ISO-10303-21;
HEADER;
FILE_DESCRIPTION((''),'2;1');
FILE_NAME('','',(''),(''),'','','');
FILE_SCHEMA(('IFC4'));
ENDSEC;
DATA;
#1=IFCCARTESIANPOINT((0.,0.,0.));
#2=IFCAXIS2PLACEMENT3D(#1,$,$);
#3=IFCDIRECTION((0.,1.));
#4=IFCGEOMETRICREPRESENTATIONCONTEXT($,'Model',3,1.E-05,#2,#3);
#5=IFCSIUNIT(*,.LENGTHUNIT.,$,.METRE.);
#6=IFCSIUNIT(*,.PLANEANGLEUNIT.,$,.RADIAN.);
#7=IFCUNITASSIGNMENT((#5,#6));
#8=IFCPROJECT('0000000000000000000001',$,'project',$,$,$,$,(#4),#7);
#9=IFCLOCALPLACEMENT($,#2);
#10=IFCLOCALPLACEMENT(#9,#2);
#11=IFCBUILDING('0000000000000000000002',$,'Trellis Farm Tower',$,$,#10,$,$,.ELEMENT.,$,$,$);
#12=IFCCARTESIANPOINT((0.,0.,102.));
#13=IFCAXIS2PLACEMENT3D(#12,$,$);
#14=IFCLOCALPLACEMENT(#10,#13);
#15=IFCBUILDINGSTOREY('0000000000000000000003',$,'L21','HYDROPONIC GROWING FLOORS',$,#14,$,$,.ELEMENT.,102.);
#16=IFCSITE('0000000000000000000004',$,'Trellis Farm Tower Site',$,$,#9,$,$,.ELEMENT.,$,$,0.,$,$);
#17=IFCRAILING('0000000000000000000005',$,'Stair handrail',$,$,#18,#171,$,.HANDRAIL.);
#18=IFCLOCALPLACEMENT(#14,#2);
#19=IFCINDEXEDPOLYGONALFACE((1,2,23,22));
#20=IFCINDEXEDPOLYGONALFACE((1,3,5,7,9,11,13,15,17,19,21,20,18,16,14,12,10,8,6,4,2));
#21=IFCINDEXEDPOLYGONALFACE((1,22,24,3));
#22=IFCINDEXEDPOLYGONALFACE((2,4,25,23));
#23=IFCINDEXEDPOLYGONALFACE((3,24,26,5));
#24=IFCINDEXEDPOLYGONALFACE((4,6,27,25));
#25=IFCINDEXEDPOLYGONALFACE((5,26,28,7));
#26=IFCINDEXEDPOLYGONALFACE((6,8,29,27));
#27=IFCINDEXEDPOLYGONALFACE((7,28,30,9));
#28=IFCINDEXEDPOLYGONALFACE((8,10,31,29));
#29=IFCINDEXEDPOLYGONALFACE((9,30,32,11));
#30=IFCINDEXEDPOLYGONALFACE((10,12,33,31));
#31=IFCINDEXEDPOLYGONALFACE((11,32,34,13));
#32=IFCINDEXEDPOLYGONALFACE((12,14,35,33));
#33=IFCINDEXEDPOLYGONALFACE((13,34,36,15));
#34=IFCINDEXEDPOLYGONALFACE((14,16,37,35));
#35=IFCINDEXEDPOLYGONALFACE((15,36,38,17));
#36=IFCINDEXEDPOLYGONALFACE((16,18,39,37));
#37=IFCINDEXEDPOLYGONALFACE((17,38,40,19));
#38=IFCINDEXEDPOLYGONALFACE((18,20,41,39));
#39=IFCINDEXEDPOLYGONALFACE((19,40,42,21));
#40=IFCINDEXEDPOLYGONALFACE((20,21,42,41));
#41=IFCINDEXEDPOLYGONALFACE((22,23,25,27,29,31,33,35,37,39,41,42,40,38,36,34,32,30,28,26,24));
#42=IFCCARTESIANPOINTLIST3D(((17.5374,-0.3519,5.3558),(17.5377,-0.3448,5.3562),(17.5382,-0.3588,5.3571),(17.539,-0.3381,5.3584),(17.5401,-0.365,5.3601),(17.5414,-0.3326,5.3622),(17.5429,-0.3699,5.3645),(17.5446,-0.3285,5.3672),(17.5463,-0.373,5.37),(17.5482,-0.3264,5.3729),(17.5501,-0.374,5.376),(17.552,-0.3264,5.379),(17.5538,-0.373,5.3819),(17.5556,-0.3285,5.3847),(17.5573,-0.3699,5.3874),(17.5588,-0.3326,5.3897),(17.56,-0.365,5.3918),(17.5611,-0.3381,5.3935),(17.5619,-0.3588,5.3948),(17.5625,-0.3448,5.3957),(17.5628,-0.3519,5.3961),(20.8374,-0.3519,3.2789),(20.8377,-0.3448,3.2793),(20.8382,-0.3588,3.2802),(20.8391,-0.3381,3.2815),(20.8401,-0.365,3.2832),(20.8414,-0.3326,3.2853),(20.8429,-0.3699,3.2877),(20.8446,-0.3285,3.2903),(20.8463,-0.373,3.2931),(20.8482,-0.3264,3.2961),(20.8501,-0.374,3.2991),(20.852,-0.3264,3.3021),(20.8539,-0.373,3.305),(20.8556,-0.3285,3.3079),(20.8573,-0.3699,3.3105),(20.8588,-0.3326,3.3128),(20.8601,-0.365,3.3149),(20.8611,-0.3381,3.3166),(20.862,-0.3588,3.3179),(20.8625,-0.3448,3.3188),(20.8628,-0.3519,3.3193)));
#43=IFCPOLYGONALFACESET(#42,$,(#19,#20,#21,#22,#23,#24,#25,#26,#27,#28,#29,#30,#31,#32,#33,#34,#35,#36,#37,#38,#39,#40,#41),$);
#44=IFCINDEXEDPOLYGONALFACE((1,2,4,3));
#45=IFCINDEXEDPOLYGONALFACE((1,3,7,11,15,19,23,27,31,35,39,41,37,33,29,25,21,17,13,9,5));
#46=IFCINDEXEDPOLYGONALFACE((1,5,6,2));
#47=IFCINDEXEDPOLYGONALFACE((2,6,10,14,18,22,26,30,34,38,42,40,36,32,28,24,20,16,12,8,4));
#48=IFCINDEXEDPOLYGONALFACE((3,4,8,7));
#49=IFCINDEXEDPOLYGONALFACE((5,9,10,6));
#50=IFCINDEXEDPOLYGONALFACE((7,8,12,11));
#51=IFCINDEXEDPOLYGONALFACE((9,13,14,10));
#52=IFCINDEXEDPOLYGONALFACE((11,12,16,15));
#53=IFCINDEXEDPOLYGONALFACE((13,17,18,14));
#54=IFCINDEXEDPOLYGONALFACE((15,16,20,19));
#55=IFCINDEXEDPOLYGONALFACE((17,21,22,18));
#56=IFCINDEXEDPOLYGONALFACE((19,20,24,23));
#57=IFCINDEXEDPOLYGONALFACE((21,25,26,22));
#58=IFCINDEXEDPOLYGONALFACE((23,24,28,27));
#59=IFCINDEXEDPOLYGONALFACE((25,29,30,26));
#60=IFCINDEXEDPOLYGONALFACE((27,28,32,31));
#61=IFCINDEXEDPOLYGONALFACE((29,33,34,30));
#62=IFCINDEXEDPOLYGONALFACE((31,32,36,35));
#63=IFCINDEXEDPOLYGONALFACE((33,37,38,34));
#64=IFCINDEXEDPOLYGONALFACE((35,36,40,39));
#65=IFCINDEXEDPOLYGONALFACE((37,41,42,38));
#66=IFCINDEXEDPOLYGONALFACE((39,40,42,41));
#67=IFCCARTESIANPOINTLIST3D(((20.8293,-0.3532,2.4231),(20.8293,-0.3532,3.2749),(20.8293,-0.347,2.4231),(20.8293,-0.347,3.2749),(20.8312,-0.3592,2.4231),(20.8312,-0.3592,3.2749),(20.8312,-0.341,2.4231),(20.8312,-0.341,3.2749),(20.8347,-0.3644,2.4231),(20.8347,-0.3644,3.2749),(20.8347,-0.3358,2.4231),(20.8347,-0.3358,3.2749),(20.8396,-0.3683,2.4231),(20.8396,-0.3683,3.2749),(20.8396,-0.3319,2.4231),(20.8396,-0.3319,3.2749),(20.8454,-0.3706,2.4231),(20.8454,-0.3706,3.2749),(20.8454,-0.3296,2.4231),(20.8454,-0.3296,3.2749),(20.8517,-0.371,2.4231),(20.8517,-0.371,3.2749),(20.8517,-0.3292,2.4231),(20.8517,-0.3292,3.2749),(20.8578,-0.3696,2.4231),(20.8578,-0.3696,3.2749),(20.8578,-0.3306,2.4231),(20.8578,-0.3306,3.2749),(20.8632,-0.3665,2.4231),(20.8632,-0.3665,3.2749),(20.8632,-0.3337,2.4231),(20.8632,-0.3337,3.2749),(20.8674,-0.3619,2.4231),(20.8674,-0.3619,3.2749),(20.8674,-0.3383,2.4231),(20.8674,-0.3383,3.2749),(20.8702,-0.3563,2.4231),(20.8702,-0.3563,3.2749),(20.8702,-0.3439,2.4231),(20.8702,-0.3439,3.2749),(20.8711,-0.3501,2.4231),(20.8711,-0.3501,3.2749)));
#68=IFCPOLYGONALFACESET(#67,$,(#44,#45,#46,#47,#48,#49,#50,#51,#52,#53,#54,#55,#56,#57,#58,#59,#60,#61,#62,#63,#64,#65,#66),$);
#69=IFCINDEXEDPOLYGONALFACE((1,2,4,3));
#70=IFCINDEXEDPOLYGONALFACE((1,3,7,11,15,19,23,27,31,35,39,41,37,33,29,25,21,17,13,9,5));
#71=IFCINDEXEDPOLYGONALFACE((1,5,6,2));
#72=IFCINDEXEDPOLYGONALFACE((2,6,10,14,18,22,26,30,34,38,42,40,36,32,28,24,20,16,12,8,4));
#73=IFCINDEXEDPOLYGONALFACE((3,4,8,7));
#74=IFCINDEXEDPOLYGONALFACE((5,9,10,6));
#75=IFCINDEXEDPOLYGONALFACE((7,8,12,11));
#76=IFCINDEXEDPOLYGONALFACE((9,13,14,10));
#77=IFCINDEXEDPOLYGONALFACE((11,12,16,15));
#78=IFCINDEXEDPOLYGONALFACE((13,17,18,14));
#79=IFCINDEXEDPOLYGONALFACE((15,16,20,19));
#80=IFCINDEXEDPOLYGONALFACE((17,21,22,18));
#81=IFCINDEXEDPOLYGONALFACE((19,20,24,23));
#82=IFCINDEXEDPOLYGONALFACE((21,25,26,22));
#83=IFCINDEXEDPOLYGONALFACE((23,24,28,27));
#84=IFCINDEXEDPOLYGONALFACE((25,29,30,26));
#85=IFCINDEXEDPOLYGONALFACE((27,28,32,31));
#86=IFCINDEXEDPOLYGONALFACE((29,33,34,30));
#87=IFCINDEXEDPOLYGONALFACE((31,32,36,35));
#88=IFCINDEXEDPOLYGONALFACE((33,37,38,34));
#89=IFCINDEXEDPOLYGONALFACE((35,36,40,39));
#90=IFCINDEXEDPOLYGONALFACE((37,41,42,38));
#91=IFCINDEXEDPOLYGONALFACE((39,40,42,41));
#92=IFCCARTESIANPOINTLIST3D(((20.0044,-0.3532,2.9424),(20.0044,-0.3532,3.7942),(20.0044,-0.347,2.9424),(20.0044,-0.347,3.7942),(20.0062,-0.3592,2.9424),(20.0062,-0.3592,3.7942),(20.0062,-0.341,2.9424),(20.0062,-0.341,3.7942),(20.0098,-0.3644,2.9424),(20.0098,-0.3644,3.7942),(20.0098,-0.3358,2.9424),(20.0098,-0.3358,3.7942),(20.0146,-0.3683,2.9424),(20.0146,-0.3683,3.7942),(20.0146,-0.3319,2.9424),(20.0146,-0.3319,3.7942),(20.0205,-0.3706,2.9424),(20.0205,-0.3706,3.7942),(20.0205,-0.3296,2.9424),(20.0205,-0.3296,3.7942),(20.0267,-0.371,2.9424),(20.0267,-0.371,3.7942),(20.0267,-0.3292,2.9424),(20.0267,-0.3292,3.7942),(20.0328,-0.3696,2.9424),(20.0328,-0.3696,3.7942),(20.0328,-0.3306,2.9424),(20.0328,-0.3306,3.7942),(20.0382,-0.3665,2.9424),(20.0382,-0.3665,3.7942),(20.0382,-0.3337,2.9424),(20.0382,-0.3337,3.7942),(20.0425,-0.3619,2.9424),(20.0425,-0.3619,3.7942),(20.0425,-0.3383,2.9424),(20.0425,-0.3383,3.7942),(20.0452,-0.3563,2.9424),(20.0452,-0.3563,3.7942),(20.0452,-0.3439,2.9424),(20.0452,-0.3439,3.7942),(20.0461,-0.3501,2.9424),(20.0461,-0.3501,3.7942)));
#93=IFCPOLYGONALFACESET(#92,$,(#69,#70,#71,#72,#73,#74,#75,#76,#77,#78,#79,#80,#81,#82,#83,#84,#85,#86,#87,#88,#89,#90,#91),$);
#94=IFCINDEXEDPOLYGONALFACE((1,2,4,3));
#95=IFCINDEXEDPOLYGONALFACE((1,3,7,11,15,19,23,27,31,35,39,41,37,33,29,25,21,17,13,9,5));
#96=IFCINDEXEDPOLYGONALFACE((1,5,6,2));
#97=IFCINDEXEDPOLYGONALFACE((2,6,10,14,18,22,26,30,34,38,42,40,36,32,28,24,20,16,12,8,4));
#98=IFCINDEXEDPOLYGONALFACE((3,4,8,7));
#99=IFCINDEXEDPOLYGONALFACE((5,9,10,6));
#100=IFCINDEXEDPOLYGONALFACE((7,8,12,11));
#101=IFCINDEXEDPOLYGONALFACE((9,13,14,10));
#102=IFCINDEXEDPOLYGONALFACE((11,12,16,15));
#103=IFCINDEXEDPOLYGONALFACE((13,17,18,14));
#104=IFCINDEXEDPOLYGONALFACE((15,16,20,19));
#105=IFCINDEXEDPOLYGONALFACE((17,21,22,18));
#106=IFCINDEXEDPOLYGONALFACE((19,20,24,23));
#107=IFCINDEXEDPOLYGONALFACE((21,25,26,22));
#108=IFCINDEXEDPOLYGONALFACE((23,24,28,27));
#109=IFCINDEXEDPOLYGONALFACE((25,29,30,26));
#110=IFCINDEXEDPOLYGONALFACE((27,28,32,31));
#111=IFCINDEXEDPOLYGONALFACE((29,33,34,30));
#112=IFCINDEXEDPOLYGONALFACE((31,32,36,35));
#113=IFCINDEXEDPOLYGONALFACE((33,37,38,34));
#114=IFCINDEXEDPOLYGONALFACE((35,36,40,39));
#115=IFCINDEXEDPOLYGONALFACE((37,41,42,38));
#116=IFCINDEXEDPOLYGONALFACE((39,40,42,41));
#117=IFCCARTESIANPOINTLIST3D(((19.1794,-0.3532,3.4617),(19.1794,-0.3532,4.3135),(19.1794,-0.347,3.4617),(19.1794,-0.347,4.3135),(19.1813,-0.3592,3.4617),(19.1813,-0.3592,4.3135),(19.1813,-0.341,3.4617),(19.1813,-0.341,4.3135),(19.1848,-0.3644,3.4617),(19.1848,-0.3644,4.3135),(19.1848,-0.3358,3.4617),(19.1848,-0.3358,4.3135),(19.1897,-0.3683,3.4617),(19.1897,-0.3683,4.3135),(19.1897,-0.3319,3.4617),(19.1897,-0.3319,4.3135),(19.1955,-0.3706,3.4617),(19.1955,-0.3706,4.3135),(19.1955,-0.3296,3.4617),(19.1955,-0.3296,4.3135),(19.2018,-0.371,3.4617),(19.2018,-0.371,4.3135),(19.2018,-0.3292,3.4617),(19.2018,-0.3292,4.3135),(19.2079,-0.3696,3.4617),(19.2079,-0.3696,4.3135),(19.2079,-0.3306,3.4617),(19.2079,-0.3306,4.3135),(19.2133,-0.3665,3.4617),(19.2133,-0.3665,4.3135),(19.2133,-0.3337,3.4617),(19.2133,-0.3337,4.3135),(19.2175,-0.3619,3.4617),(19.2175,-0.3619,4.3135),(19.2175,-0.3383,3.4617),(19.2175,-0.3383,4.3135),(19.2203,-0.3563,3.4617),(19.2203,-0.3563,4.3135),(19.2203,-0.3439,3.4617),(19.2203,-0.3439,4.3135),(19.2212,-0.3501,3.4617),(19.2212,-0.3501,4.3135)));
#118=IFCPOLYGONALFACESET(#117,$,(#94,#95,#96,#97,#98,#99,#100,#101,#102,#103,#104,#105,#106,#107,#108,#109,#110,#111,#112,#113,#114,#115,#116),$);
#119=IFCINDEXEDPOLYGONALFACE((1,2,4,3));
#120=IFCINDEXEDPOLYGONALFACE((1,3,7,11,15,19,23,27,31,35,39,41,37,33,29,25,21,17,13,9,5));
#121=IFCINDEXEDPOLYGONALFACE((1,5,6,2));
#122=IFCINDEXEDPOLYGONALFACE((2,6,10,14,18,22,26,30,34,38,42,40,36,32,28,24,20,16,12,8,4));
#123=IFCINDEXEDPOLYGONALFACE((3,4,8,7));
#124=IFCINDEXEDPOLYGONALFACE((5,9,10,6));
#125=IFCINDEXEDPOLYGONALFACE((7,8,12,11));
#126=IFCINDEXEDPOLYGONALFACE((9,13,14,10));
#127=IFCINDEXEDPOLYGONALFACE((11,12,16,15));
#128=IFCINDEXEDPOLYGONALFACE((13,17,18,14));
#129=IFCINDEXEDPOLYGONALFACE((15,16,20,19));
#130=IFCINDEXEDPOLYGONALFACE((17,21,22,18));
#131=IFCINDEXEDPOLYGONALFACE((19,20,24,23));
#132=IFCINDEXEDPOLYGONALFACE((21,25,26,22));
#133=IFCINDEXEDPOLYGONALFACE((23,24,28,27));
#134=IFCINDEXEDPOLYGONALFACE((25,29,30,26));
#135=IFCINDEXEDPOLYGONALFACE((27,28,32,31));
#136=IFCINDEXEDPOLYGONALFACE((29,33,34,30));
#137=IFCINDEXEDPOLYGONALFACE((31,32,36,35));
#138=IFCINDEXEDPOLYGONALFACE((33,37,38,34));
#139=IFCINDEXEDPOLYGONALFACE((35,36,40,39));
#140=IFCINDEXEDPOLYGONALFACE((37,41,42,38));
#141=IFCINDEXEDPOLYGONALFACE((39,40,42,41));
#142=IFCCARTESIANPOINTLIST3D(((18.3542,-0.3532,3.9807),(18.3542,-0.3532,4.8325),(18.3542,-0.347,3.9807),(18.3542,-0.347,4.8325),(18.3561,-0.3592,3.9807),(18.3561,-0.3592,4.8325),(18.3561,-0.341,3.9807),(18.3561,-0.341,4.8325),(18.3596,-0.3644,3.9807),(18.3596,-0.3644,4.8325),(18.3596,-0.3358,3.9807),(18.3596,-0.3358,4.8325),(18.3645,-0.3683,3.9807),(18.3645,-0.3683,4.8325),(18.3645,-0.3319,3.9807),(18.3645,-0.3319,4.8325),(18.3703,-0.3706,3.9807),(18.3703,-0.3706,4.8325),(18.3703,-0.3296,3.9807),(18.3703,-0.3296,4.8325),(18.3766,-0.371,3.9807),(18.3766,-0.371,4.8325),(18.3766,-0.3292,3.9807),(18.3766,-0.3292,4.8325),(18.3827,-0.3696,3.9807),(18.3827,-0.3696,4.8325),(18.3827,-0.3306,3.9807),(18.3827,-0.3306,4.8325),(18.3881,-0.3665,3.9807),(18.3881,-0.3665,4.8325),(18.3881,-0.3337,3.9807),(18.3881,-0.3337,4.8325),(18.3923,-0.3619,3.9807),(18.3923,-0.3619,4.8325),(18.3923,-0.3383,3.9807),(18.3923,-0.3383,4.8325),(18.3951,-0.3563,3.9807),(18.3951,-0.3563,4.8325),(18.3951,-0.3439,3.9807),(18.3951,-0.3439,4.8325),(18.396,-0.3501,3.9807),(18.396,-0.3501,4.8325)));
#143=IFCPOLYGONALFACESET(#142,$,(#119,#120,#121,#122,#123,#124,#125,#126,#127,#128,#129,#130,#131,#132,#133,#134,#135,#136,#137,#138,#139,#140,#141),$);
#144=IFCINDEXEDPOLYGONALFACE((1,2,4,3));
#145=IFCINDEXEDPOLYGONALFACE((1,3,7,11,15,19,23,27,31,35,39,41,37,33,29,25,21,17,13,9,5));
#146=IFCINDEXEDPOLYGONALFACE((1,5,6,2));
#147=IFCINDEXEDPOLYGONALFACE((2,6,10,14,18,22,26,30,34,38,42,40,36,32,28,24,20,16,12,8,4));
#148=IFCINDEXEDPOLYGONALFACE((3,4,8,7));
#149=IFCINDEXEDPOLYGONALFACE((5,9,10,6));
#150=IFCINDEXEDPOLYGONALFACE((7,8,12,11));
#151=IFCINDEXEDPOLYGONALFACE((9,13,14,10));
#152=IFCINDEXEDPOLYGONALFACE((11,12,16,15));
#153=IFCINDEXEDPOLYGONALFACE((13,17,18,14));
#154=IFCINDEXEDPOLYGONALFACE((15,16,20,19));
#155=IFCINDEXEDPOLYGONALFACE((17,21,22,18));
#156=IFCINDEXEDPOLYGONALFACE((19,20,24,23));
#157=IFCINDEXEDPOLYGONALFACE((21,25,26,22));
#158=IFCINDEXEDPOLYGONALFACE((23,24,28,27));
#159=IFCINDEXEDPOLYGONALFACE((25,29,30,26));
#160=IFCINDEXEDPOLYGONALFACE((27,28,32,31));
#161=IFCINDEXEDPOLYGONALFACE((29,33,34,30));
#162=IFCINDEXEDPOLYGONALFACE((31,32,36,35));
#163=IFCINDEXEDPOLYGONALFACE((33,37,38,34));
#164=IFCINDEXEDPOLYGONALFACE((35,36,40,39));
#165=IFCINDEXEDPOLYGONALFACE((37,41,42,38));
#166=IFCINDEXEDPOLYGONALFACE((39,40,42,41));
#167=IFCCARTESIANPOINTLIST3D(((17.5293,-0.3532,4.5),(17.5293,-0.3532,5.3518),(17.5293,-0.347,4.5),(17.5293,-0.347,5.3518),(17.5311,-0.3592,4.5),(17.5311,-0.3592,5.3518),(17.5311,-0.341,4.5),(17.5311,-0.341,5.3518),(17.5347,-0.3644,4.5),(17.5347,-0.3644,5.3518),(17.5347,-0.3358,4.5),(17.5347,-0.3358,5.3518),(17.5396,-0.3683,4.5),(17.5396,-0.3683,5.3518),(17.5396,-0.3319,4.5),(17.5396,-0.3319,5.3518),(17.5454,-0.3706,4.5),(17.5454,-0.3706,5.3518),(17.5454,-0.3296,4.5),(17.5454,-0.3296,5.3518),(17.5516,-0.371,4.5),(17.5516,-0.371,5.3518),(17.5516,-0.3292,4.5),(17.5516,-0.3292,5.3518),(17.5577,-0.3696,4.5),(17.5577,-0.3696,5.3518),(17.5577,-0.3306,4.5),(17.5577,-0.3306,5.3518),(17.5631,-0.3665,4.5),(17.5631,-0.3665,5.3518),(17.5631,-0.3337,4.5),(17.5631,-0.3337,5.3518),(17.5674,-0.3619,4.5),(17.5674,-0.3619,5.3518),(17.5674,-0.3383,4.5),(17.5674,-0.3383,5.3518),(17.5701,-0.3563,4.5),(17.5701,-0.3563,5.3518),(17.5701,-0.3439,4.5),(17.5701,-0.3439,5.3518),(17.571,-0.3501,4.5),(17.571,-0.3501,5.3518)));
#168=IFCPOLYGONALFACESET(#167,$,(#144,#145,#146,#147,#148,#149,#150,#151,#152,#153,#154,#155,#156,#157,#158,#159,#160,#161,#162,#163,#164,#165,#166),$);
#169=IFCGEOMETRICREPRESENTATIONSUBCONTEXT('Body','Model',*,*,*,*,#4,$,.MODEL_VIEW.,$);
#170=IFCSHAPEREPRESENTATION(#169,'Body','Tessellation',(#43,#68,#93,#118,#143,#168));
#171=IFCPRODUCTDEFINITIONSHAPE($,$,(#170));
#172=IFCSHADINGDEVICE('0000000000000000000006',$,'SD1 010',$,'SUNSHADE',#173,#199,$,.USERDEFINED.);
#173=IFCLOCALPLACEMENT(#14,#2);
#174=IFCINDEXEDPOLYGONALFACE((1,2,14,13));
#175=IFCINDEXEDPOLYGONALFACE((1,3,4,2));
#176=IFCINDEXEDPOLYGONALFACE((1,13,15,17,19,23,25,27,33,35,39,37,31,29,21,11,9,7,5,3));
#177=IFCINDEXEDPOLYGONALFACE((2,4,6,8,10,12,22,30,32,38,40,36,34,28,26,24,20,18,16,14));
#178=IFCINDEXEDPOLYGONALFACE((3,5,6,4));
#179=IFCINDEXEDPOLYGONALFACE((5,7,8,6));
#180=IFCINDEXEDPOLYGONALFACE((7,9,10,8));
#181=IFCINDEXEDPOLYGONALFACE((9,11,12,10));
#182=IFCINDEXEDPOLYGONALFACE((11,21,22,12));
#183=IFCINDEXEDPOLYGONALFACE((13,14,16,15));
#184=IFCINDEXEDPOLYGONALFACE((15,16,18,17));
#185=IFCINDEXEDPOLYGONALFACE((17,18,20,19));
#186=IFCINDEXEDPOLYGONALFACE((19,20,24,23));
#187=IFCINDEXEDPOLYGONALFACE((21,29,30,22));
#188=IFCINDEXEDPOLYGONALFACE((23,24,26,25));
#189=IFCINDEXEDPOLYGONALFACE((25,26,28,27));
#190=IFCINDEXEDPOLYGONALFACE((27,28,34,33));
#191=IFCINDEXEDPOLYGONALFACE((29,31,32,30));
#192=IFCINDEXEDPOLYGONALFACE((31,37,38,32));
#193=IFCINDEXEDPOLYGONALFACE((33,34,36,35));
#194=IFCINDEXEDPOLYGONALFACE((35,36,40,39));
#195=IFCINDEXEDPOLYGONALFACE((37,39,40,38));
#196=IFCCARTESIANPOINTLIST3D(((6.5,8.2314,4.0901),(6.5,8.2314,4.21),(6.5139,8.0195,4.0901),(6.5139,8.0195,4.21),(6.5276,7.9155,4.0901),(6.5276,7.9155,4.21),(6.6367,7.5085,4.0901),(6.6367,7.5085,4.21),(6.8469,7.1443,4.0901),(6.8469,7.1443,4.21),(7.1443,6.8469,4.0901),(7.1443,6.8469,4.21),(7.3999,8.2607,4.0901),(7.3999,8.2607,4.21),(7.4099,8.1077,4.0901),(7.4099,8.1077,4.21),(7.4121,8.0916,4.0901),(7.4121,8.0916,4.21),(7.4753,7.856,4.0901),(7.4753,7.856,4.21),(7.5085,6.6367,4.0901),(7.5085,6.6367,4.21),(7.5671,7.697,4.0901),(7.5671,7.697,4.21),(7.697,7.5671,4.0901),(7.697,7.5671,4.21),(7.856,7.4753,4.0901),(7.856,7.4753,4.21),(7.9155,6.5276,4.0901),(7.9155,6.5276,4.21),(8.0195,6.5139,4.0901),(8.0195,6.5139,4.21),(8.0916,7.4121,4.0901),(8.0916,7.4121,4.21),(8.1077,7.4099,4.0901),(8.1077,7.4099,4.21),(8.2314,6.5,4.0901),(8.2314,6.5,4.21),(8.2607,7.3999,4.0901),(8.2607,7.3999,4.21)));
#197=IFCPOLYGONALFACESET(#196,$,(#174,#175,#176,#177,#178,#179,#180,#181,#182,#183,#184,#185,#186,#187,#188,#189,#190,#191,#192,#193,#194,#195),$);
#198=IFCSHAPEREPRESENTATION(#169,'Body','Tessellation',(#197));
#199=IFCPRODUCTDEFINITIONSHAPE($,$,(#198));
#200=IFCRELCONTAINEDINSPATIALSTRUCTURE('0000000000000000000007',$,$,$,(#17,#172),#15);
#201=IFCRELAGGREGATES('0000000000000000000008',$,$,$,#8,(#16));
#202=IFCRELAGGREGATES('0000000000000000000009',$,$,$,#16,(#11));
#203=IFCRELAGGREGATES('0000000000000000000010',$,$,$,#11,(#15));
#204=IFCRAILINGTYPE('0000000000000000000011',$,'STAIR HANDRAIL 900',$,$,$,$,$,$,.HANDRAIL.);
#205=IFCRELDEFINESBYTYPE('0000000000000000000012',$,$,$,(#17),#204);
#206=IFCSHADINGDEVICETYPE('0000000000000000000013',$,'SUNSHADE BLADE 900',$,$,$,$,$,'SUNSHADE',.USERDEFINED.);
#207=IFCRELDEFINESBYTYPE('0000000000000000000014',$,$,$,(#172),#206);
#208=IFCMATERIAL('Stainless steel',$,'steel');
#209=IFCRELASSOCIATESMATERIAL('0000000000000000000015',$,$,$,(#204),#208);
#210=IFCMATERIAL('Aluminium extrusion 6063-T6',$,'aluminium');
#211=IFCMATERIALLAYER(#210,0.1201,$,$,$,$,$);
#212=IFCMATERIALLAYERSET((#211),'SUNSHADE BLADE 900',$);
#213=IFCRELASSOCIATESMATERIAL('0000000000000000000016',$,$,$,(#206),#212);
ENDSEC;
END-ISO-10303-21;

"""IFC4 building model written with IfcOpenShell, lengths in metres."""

from ifc_helpers import new_model, si_unit, direction, frame, origin, origin_2d, place, context, subcontext, project, spatial, polyline, circle, outline, extrude, source, transform, mapped, material, layer, layer_set, type_object, element, save


model = new_model("IFC4")

# Units and contexts
model_context = context("Model", 3, precision=1e-05, world=origin(), true_north=direction((0.0, 1.0)))
body_context = subcontext(model_context, "Body", "Model", "MODEL_VIEW")
ifc_project = project(units=[si_unit("LENGTHUNIT", "METRE"), si_unit("PLANEANGLEUNIT", "RADIAN")], contexts=[model_context])

# Site, building, storey
site_placement = place(None, origin())
site = spatial("IfcSite", under=ifc_project, at=site_placement, Name="Trellis Farm Tower Site", CompositionType="ELEMENT", RefElevation=0.0)
building_placement = place(site_placement, origin())
building = spatial("IfcBuilding", under=site, at=building_placement, Name="Trellis Farm Tower", CompositionType="ELEMENT")
storey_placement = place(building_placement, frame((0.0, 0.0, 102.0)))
storey = spatial("IfcBuildingStorey", under=building, at=storey_placement, Name="L21", Description="HYDROPONIC GROWING FLOORS", CompositionType="ELEMENT", Elevation=102.0)

# Shared definitions
ifc_material_1 = material(Name="Aluminium extrusion 6063-T6", Category="aluminium")

# Shared definitions
ifc_material_2 = material(Name="Stainless steel", Category="steel")

# Railing
railing_type = type_object("IfcRailingType", Name="STAIR HANDRAIL 900", PredefinedType="HANDRAIL", material=ifc_material_2)
shared_shape_1 = source(origin(), body_context, "Body", "SweptSolid", [
    extrude(circle(Radius=0.0239, at=origin_2d()), frame((0.0, 0.0, 0.876), z_axis=(-0.846337, 0.0, 0.532647), x_axis=(0.0, -1.0, 0.0)), (0.0, 0.0, 1.0), 3.8992),
    extrude(circle(Radius=0.021, at=origin_2d()), origin(), (0.0, 0.0, 1.0), 0.8518),
    extrude(circle(Radius=0.021, at=origin_2d()), frame((-0.825, 0.0, 0.5193)), (0.0, 0.0, 1.0), 0.8518),
    extrude(circle(Radius=0.021, at=origin_2d()), frame((-1.6499, 0.0, 1.0386)), (0.0, 0.0, 1.0), 0.8518),
    extrude(circle(Radius=0.021, at=origin_2d()), frame((-2.4751, 0.0, 1.5576)), (0.0, 0.0, 1.0), 0.8518),
    extrude(circle(Radius=0.021, at=origin_2d()), frame((-3.3, 0.0, 2.0769)), (0.0, 0.0, 1.0), 0.8518),
])
for number, where, name in (
    (1, (20.8501, -0.3501, 2.4231), "Stair handrail"),
):
    element("IfcRailing", number, at=place(storey_placement, frame(where)), inside=storey, type_object=railing_type, Name=name, PredefinedType="HANDRAIL", context=body_context, shape_type="MappedRepresentation", body=[
        mapped(shared_shape_1, transform((0.0, 0.0, 0.0))),
    ])

# Shading device
ifc_layer_1 = layer(ifc_material_1, 0.1201)
ifc_layer_set_1 = layer_set([ifc_layer_1], Name="SUNSHADE BLADE 900")
shading_device_type_1 = type_object("IfcShadingDeviceType", Name="SUNSHADE BLADE 900", ElementType="SUNSHADE", PredefinedType="USERDEFINED", material=ifc_layer_set_1)
shared_shape_2 = source(origin(), body_context, "Body", "SweptSolid", [
    extrude(outline(polyline([(8.2607, 7.3999), (8.1077, 7.4099), (8.0916, 7.4121), (7.856, 7.4753), (7.697, 7.5671), (7.5671, 7.697), (7.4753, 7.856), (7.4121, 8.0916), (7.4099, 8.1077), (7.3999, 8.2607), (6.5, 8.2314), (6.5139, 8.0195), (6.5276, 7.9155), (6.6367, 7.5085), (6.8469, 7.1443), (7.1443, 6.8469), (7.5085, 6.6367), (7.9155, 6.5276), (8.0195, 6.5139), (8.2314, 6.5), (8.2607, 7.3999)])), origin(), (0.0, 0.0, 1.0), 0.1199),
])
placement_1 = place(storey_placement, frame((0.0, 0.0, 4.0901)))
element("IfcShadingDevice", 2, at=placement_1, inside=storey, type_object=shading_device_type_1, Name="SD1 010", ObjectType="SUNSHADE", PredefinedType="USERDEFINED", context=body_context, shape_type="MappedRepresentation", body=[
    mapped(shared_shape_2, transform((0.0, 0.0, 0.0))),
])

save(model, "model.ifc")
